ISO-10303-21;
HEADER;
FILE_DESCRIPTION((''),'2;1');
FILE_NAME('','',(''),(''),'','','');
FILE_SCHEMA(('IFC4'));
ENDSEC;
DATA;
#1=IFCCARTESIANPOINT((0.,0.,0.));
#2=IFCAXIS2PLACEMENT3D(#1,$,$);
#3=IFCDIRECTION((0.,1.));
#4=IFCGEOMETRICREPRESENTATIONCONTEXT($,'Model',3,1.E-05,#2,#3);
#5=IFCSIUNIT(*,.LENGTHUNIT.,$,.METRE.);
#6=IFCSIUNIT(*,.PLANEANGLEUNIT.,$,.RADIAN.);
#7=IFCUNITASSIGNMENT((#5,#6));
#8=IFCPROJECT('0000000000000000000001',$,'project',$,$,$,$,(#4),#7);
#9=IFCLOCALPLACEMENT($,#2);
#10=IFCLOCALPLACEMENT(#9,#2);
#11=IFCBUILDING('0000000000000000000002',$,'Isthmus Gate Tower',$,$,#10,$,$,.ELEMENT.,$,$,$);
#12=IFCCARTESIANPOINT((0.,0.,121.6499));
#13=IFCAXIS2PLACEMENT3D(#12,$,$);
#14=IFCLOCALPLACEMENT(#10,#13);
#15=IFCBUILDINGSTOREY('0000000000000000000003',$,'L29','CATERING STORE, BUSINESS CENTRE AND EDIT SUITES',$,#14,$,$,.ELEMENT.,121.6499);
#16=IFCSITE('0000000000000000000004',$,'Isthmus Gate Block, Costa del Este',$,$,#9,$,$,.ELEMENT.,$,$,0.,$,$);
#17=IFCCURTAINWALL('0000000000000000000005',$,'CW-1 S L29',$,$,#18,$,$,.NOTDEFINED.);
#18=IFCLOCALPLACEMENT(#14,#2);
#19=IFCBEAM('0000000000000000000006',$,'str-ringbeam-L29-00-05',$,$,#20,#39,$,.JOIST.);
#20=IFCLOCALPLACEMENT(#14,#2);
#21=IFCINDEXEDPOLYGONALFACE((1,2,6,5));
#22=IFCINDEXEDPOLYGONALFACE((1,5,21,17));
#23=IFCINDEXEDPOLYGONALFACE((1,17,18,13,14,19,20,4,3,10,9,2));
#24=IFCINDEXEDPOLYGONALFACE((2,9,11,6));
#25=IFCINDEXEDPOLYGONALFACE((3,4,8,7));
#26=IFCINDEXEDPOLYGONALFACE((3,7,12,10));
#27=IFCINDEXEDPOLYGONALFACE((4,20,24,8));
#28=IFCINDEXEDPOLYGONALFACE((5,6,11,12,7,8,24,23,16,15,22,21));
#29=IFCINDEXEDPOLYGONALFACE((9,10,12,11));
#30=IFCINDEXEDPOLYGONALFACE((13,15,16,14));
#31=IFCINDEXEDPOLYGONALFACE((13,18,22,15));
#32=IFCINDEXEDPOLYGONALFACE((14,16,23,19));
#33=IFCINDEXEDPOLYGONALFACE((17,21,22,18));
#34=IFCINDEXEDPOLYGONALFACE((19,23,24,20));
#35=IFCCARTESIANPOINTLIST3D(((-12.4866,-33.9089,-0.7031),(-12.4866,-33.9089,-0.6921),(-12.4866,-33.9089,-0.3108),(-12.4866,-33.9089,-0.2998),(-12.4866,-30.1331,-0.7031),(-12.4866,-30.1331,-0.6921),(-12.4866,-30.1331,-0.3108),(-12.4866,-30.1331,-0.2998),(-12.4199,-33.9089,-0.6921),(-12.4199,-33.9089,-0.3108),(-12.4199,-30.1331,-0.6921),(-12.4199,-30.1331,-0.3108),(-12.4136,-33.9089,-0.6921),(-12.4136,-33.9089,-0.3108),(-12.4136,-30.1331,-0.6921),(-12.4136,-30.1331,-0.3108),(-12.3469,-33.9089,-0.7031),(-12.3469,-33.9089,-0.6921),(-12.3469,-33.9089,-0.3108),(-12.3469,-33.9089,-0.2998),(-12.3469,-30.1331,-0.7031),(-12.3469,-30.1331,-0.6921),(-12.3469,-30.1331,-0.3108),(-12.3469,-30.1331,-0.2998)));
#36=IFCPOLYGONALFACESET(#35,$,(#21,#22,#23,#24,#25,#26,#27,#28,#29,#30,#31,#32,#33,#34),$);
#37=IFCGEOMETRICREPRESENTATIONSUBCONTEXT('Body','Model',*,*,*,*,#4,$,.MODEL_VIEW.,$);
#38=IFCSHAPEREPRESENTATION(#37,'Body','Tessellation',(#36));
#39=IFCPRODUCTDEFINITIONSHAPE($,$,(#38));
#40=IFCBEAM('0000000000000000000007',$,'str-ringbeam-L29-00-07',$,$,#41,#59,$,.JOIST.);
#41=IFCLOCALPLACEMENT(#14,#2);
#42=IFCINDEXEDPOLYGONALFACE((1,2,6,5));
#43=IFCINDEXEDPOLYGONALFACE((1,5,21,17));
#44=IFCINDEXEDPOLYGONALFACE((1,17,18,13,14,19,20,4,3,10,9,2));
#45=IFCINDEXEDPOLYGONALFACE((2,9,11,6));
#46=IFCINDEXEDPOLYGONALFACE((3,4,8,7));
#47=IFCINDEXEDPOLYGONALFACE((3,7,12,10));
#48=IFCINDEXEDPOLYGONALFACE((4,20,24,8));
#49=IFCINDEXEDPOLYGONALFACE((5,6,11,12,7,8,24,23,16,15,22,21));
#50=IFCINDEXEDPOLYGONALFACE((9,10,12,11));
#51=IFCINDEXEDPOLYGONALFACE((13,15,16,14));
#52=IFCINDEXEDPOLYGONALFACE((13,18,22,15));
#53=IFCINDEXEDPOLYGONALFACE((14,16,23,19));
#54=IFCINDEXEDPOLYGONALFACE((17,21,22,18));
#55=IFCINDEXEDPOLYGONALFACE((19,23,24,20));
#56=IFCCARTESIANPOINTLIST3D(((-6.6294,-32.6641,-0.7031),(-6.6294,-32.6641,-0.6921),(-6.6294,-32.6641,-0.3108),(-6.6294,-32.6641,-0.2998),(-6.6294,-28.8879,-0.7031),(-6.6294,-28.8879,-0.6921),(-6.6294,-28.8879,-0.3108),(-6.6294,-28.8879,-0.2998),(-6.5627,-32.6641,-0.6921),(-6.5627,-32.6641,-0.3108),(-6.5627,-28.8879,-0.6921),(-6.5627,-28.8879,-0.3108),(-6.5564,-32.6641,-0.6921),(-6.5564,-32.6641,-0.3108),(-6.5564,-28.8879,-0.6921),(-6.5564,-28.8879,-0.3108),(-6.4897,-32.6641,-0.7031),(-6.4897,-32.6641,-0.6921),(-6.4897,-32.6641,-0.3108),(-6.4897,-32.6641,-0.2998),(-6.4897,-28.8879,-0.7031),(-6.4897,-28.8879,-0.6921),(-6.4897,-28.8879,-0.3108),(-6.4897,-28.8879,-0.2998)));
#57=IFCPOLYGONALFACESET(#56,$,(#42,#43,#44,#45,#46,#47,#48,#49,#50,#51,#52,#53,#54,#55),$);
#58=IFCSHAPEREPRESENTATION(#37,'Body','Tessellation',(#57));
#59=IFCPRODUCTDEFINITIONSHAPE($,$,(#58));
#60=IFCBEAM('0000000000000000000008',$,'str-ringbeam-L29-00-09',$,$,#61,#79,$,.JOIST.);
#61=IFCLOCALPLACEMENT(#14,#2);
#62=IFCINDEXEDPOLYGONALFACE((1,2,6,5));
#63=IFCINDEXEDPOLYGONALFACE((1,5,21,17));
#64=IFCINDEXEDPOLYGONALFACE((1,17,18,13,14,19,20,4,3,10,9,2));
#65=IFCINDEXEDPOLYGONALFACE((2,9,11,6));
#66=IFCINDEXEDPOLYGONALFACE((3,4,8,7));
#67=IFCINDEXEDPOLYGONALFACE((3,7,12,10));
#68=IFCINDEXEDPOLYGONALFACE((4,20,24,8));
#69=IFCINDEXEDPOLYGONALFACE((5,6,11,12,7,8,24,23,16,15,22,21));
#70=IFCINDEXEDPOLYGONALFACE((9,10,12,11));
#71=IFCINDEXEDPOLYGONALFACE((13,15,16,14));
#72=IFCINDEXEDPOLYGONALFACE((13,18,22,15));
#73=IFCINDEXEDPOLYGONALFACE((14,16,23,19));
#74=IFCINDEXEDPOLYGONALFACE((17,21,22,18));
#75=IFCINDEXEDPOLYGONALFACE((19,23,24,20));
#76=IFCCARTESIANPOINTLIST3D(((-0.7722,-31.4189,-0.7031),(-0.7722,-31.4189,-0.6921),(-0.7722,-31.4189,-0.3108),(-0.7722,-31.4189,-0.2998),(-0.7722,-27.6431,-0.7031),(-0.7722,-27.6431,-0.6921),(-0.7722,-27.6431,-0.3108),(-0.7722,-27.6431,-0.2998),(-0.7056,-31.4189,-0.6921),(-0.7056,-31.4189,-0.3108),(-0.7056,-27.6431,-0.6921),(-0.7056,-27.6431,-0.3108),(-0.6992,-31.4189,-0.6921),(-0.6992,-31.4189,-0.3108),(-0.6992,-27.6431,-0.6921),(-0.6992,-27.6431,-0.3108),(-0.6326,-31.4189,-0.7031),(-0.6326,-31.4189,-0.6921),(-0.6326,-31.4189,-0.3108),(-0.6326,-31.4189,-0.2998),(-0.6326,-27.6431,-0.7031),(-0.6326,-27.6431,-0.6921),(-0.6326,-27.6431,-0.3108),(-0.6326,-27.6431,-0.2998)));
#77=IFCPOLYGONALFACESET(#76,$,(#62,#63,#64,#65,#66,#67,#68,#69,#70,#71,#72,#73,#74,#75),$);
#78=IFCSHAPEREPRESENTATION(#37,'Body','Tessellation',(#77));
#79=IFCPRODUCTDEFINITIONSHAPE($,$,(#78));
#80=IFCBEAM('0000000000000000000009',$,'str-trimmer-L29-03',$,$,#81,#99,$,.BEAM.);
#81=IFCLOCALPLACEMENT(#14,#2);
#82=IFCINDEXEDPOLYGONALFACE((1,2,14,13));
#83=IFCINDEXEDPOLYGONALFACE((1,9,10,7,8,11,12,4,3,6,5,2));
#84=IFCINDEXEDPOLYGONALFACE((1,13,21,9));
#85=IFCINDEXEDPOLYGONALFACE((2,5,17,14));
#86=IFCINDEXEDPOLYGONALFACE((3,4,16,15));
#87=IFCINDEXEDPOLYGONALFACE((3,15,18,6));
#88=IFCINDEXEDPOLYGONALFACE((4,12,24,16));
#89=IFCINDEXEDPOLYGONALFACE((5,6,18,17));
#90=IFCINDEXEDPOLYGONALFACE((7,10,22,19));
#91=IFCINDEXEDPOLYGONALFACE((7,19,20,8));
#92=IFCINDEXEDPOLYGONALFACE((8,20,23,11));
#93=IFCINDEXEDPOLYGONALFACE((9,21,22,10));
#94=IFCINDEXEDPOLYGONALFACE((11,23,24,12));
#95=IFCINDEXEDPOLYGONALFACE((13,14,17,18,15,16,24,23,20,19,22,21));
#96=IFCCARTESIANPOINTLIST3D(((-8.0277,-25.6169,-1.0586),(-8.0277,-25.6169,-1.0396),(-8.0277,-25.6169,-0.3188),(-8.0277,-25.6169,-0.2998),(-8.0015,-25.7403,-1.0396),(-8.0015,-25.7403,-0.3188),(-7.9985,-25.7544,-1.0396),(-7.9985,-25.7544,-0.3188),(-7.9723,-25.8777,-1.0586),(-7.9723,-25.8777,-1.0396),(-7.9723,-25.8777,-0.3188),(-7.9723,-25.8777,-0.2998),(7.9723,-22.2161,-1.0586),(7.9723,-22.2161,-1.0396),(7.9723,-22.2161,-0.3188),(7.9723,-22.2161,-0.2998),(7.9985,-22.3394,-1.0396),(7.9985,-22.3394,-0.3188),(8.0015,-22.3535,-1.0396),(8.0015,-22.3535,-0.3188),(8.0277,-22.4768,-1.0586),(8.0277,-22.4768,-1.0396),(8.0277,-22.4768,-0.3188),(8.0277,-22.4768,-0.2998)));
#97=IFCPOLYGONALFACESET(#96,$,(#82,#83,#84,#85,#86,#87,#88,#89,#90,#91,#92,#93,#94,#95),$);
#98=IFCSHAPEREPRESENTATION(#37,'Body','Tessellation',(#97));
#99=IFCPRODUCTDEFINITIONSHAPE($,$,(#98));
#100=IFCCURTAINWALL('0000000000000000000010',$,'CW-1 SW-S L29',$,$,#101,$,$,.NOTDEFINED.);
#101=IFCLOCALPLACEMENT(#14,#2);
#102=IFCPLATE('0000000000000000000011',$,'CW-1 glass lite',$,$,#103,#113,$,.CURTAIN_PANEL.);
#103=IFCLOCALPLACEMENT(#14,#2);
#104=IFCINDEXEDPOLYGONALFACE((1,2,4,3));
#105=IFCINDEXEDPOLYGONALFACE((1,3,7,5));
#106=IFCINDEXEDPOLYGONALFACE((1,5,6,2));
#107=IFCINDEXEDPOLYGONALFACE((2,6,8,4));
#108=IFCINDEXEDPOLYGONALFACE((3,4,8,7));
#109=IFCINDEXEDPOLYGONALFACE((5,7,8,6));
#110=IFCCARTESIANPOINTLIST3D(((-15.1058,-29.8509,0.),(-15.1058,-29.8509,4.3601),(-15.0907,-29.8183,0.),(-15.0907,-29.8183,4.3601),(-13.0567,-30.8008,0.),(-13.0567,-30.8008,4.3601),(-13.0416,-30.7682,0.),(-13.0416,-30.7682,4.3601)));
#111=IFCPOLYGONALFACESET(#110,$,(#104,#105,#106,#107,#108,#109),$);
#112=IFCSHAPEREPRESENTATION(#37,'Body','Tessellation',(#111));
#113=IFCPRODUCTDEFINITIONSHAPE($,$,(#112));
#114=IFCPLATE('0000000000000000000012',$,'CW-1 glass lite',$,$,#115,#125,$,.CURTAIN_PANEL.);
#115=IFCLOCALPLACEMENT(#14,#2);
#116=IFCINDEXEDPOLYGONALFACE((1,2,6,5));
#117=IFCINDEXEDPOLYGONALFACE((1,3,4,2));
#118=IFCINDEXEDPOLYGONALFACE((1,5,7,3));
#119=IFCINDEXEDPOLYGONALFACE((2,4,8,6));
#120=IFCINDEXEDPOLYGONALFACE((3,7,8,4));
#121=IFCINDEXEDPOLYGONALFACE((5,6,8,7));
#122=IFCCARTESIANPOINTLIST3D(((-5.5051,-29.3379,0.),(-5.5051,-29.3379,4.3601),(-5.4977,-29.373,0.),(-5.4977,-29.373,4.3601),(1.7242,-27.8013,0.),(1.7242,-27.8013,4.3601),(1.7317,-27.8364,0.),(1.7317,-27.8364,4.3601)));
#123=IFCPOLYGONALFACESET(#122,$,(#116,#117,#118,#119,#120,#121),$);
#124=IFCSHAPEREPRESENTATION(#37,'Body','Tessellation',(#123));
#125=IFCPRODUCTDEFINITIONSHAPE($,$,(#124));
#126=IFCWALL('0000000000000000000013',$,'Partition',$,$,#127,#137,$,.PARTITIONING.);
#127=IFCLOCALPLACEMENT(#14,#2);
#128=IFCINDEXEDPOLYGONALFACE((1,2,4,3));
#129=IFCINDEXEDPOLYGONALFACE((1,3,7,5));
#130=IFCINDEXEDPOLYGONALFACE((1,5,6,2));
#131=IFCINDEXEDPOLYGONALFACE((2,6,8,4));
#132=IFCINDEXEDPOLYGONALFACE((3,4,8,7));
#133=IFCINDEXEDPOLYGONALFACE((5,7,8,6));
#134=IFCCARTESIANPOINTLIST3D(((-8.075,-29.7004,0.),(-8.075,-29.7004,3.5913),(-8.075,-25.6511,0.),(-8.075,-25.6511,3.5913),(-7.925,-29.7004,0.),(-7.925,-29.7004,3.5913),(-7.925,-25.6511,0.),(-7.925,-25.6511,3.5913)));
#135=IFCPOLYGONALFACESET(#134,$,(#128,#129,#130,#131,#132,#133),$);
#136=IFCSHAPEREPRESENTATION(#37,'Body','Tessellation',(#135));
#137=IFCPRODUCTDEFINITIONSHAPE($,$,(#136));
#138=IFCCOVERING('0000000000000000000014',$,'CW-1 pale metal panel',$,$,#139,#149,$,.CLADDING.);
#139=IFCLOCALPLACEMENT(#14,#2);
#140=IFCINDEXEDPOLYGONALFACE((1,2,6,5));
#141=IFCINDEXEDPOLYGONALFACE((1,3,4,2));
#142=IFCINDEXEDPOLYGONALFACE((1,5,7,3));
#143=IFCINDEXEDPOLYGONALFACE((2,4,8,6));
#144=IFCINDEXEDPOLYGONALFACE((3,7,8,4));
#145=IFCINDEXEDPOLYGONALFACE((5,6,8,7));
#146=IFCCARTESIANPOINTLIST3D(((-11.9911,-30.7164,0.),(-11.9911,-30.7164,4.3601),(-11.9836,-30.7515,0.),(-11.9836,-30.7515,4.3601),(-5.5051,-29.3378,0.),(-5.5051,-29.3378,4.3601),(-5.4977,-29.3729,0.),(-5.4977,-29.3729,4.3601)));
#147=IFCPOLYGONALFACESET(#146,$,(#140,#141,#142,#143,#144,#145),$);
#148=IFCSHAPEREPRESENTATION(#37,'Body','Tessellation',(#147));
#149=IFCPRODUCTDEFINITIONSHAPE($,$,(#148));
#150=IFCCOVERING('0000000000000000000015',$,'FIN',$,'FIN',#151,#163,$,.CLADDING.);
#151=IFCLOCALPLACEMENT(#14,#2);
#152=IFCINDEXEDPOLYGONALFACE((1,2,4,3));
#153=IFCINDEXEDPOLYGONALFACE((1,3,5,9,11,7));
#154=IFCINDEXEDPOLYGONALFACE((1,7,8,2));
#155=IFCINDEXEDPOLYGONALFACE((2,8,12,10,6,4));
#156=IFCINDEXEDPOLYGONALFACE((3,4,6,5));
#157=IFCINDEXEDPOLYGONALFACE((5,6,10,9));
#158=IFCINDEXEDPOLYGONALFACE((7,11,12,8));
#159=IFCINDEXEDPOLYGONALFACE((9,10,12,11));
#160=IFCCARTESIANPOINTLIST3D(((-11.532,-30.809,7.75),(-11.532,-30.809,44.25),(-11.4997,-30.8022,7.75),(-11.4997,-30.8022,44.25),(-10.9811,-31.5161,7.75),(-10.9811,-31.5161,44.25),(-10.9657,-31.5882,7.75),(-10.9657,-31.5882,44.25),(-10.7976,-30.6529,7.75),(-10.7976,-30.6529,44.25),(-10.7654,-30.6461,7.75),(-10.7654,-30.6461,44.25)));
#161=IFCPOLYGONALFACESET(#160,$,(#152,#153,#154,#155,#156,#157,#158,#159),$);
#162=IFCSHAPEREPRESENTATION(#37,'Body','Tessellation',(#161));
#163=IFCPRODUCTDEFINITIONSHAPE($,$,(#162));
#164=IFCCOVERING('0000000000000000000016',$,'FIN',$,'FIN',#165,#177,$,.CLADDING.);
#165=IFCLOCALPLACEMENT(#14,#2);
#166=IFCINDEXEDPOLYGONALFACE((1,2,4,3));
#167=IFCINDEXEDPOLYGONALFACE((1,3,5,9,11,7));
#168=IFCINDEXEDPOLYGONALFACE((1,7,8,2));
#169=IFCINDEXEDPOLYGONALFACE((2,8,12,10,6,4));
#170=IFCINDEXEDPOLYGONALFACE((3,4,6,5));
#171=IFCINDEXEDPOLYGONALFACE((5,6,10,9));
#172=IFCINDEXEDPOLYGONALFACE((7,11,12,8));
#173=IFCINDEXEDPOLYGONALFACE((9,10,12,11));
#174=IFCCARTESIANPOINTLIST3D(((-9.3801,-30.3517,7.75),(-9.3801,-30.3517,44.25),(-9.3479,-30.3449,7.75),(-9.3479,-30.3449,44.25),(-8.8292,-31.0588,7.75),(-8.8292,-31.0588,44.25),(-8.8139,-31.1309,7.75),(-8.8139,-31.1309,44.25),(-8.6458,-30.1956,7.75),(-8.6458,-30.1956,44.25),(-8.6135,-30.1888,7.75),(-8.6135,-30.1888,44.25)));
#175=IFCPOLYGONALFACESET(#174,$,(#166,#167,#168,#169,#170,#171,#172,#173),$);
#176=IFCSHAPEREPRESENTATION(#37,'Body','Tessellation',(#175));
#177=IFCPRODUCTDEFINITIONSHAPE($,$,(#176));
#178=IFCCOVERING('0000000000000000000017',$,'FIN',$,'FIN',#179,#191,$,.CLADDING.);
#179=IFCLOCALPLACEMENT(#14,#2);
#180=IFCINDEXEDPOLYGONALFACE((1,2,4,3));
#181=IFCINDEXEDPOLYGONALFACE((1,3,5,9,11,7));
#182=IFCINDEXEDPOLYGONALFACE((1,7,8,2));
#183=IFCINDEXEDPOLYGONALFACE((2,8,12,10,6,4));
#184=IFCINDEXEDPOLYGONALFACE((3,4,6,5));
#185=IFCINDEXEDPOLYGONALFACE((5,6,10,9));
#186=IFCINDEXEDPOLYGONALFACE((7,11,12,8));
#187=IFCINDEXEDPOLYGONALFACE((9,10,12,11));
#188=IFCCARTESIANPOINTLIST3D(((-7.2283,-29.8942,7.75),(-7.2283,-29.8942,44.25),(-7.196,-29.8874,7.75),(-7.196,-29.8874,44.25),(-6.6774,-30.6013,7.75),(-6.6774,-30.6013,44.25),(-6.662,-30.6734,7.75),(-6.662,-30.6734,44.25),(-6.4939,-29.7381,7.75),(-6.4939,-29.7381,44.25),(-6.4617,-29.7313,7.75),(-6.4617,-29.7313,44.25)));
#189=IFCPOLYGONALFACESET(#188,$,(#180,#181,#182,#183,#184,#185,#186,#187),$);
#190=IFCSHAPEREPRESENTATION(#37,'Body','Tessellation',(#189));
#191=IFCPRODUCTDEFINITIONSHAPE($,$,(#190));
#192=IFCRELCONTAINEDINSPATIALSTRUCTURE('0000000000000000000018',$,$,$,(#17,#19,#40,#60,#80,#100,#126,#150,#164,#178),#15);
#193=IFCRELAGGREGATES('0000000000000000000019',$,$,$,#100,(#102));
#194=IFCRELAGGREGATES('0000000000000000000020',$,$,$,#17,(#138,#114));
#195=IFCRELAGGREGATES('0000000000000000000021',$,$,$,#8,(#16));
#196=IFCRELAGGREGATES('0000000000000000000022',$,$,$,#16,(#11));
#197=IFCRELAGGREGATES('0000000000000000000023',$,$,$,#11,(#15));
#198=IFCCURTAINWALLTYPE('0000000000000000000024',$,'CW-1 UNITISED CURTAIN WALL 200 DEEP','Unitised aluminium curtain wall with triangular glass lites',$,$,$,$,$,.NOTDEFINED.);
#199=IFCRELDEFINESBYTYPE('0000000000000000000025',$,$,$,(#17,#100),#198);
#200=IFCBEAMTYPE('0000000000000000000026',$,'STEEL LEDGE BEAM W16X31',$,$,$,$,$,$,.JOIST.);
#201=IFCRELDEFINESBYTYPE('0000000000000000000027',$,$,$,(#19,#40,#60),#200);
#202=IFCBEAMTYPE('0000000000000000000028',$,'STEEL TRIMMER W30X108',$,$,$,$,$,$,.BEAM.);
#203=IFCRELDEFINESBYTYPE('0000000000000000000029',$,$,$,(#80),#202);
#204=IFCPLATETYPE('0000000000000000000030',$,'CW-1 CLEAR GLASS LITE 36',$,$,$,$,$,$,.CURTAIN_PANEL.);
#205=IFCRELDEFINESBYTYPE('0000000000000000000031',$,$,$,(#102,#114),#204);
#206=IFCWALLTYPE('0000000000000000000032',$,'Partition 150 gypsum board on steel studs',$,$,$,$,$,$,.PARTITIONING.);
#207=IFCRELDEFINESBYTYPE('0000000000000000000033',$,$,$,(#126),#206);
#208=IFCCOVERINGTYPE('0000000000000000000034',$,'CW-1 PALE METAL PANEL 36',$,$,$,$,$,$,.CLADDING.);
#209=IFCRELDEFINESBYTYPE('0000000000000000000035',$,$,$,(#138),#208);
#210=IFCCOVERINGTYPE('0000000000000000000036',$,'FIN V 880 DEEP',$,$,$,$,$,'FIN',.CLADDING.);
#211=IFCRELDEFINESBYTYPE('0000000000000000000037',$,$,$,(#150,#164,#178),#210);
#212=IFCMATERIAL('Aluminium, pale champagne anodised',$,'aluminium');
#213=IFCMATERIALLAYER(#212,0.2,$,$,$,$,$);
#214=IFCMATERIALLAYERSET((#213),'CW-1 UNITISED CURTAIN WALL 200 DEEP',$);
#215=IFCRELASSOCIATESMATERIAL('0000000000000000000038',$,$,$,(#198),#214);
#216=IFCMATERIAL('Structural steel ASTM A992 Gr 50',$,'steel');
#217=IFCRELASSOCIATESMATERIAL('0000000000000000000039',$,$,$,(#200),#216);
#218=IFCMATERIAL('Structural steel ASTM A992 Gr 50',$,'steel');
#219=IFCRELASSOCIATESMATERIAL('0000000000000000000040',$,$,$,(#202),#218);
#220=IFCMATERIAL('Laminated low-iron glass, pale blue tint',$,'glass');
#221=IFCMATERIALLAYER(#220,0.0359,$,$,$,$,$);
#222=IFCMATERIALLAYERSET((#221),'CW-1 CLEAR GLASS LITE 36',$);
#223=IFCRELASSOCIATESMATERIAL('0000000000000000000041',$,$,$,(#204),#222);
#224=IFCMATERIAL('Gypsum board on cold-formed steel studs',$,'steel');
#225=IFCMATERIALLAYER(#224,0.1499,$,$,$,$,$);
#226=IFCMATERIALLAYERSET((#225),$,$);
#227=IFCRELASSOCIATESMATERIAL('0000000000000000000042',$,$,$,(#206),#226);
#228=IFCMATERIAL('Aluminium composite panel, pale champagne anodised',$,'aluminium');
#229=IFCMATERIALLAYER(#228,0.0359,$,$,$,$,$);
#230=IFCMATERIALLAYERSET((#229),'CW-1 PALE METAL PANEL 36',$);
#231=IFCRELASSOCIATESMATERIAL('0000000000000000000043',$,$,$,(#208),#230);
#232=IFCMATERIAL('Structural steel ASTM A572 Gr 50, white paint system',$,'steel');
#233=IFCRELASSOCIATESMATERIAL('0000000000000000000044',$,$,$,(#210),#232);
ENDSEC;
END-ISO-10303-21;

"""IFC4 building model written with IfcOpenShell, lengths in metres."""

from ifc_helpers import new_model, si_unit, direction, frame, frame_2d, origin, origin_2d, place, context, subcontext, project, spatial, polyline, rectangle, i_section, outline, extrude, material, layer, layer_set, material_profile, profile_set, type_object, element, aggregate, save


model = new_model("IFC4")

# Units and contexts
model_context = context("Model", 3, precision=1e-05, world=origin(), true_north=direction((0.0, 1.0)))
body_context = subcontext(model_context, "Body", "Model", "MODEL_VIEW")
ifc_project = project(units=[si_unit("LENGTHUNIT", "METRE"), si_unit("PLANEANGLEUNIT", "RADIAN")], contexts=[model_context])

# Site, building, storey
site_placement = place(None, origin())
site = spatial("IfcSite", under=ifc_project, at=site_placement, Name="Isthmus Gate Block, Costa del Este", CompositionType="ELEMENT", RefElevation=0.0)
building_placement = place(site_placement, origin())
building = spatial("IfcBuilding", under=site, at=building_placement, Name="Isthmus Gate Tower", CompositionType="ELEMENT")
storey_placement = place(building_placement, frame((0.0, 0.0, 121.6499)))
storey = spatial("IfcBuildingStorey", under=building, at=storey_placement, Name="L29", Description="CATERING STORE, BUSINESS CENTRE AND EDIT SUITES", CompositionType="ELEMENT", Elevation=121.6499)

# Curtain wall
ifc_material_1 = material(Name="Aluminium, pale champagne anodised", Category="aluminium")
ifc_layer_1 = layer(ifc_material_1, 0.2)
ifc_layer_set_1 = layer_set([ifc_layer_1], Name="CW-1 UNITISED CURTAIN WALL 200 DEEP")
curtain_wall_type = type_object("IfcCurtainWallType", Name="CW-1 UNITISED CURTAIN WALL 200 DEEP", Description="Unitised aluminium curtain wall with triangular glass lites", PredefinedType="NOTDEFINED", material=ifc_layer_set_1)
curtain_wall_1_placement = place(storey_placement, origin())
curtain_wall_1 = element("IfcCurtainWall", 1, at=curtain_wall_1_placement, inside=storey, type_object=curtain_wall_type, Name="CW-1 S L29", PredefinedType="NOTDEFINED")

# Beams
ifc_material_2 = material(Name="Structural steel ASTM A992 Gr 50", Category="steel")
ifc_material_profile_1 = material_profile(ifc_material_2, i_section(OverallWidth=0.1396, OverallDepth=0.4033, WebThickness=0.0063, FlangeThickness=0.011, at=origin_2d()), Name="W16X31")
ifc_profile_set_1 = profile_set([ifc_material_profile_1], Name="Structural steel ASTM A992 Gr 50")
beam_type_1 = type_object("IfcBeamType", Name="STEEL LEDGE BEAM W16X31", PredefinedType="JOIST", material=ifc_profile_set_1)
beam_1_placement = place(storey_placement, frame((-12.4167, -33.9089, -0.5015), z_axis=(0.0, 1.0, 0.0), x_axis=(-1.0, 0.0, 0.0)))
element("IfcBeam", 2, at=beam_1_placement, inside=storey, type_object=beam_type_1, Name="str-ringbeam-L29-00-05", PredefinedType="JOIST", context=body_context, shape_type="SweptSolid", body=[
    extrude(i_section(OverallWidth=0.1396, OverallDepth=0.4033, WebThickness=0.0063, FlangeThickness=0.011, at=origin_2d()), origin(), (0.0, 0.0, 1.0), 3.7759),
])
beam_2_placement = place(storey_placement, frame((-6.5596, -32.6641, -0.5015), z_axis=(0.0, 1.0, 0.0), x_axis=(-1.0, 0.0, 0.0)))
element("IfcBeam", 3, at=beam_2_placement, inside=storey, type_object=beam_type_1, Name="str-ringbeam-L29-00-07", PredefinedType="JOIST", context=body_context, shape_type="SweptSolid", body=[
    extrude(i_section(OverallWidth=0.1396, OverallDepth=0.4033, WebThickness=0.0063, FlangeThickness=0.011, at=origin_2d()), origin(), (0.0, 0.0, 1.0), 3.7761),
])
beam_3_placement = place(storey_placement, frame((-0.7024, -31.4189, -0.5015), z_axis=(0.0, 1.0, 0.0), x_axis=(-1.0, 0.0, 0.0)))
element("IfcBeam", 4, at=beam_3_placement, inside=storey, type_object=beam_type_1, Name="str-ringbeam-L29-00-09", PredefinedType="JOIST", context=body_context, shape_type="SweptSolid", body=[
    extrude(i_section(OverallWidth=0.1396, OverallDepth=0.4033, WebThickness=0.0063, FlangeThickness=0.011, at=origin_2d()), origin(), (0.0, 0.0, 1.0), 3.7759),
])
ifc_material_3 = material(Name="Structural steel ASTM A992 Gr 50", Category="steel")
ifc_material_profile_2 = material_profile(ifc_material_3, i_section(OverallWidth=0.2666, OverallDepth=0.7588, WebThickness=0.0144, FlangeThickness=0.019, at=origin_2d()), Name="W30X108")
ifc_profile_set_2 = profile_set([ifc_material_profile_2], Name="Structural steel ASTM A992 Gr 50")
beam_type_2 = type_object("IfcBeamType", Name="STEEL TRIMMER W30X108", PredefinedType="BEAM", material=ifc_profile_set_2)
beam_4_placement = place(storey_placement, frame((-8.0, -25.7473, -0.6792), z_axis=(0.978148, 0.20791, 0.0), x_axis=(-0.20791, 0.978148, 0.0)))
element("IfcBeam", 5, at=beam_4_placement, inside=storey, type_object=beam_type_2, Name="str-trimmer-L29-03", PredefinedType="BEAM", context=body_context, shape_type="SweptSolid", body=[
    extrude(i_section(OverallWidth=0.2666, OverallDepth=0.7588, WebThickness=0.0144, FlangeThickness=0.019, at=origin_2d()), origin(), (0.0, 0.0, 1.0), 16.3574),
])

# Curtain wall, plate
curtain_wall_2_placement = place(storey_placement, origin())
curtain_wall_2 = element("IfcCurtainWall", 6, at=curtain_wall_2_placement, inside=storey, type_object=curtain_wall_type, Name="CW-1 SW-S L29", PredefinedType="NOTDEFINED")
ifc_material_4 = material(Name="Laminated low-iron glass, pale blue tint", Category="glass")
ifc_layer_2 = layer(ifc_material_4, 0.0359)
ifc_layer_set_2 = layer_set([ifc_layer_2], Name="CW-1 CLEAR GLASS LITE 36")
plate_type = type_object("IfcPlateType", Name="CW-1 CLEAR GLASS LITE 36", PredefinedType="CURTAIN_PANEL", material=ifc_layer_set_2)
plate_1_placement = place(storey_placement, frame((-14.0737, -30.3096, 0.0), z_axis=(0.0, 0.0, 1.0), x_axis=(0.907256, -0.420578, 0.0)))
plate_1 = element("IfcPlate", 7, at=plate_1_placement, type_object=plate_type, Name="CW-1 glass lite", PredefinedType="CURTAIN_PANEL", context=body_context, shape_type="SweptSolid", body=[
    extrude(rectangle(XDim=2.2585, YDim=0.0359, at=origin_2d()), origin(), (0.0, 0.0, 1.0), 4.3601),
])
aggregate(curtain_wall_2, [plate_1])

# Plate
plate_2_placement = place(storey_placement, frame((-1.8867, -28.5872, 0.0), z_axis=(0.0, 0.0, 1.0), x_axis=(0.978148, 0.207912, 0.0)))
plate_2 = element("IfcPlate", 8, at=plate_2_placement, type_object=plate_type, Name="CW-1 glass lite", PredefinedType="CURTAIN_PANEL", context=body_context, shape_type="SweptSolid", body=[
    extrude(rectangle(XDim=7.3909, YDim=0.0359, at=origin_2d()), origin(), (0.0, 0.0, 1.0), 4.3601),
])

# Wall
ifc_material_5 = material(Name="Gypsum board on cold-formed steel studs", Category="steel")
ifc_layer_3 = layer(ifc_material_5, 0.1499)
ifc_layer_set_3 = layer_set([ifc_layer_3])
wall_type = type_object("IfcWallType", Name="Partition 150 gypsum board on steel studs", PredefinedType="PARTITIONING", material=ifc_layer_set_3)
wall_placement = place(storey_placement, frame((-8.0, -29.7004, 0.0), z_axis=(0.0, 0.0, 1.0), x_axis=(0.0, 1.0, 0.0)))
element("IfcWall", 9, at=wall_placement, inside=storey, type_object=wall_type, Name="Partition", PredefinedType="PARTITIONING", context=body_context, shape_type="SweptSolid", body=[
    extrude(rectangle(XDim=4.0493, YDim=0.1499, at=frame_2d((2.0247, 0.0))), origin(), (0.0, 0.0, 1.0), 3.5913),
])

# Covering
ifc_material_6 = material(Name="Aluminium composite panel, pale champagne anodised", Category="aluminium")
ifc_layer_4 = layer(ifc_material_6, 0.0359)
ifc_layer_set_4 = layer_set([ifc_layer_4], Name="CW-1 PALE METAL PANEL 36")
covering_type_1 = type_object("IfcCoveringType", Name="CW-1 PALE METAL PANEL 36", PredefinedType="CLADDING", material=ifc_layer_set_4)
covering_placement = place(storey_placement, frame((-8.7444, -30.0447, 0.0), z_axis=(0.0, 0.0, 1.0), x_axis=(0.978148, 0.207912, 0.0)))
covering = element("IfcCovering", 10, at=covering_placement, type_object=covering_type_1, Name="CW-1 pale metal panel", PredefinedType="CLADDING", context=body_context, shape_type="SweptSolid", body=[
    extrude(rectangle(XDim=6.6309, YDim=0.0359, at=origin_2d()), origin(), (0.0, 0.0, 1.0), 4.3601),
])
aggregate(curtain_wall_1, [covering, plate_2])

# Coverings
ifc_material_7 = material(Name="Structural steel ASTM A572 Gr 50, white paint system", Category="steel")
ifc_material_profile_3 = material_profile(ifc_material_7, outline(polyline([(0.0, -0.3918), (0.8799, 0.0), (0.0, 0.3918), (0.0, 0.3589), (0.8062, 0.0), (0.0, -0.3589), (0.0, -0.3918)])), Name="V880")
ifc_profile_set_3 = profile_set([ifc_material_profile_3], Name="Structural steel ASTM A572 Gr 50, white paint system")
covering_type_2 = type_object("IfcCoveringType", Name="FIN V 880 DEEP", ElementType="FIN", PredefinedType="CLADDING", material=ifc_profile_set_3)
for number, where, z_axis, x_axis, name in (
    (11, (-11.1487, -30.7275, 7.75), (0.0, 0.0, 1.0), (0.207912, -0.978148, 0.0), "FIN"),
    (12, (-8.9968, -30.2703, 7.75), (0.0, 0.0, 1.0), (0.207912, -0.978148, 0.0), "FIN"),
    (13, (-6.845, -29.8127, 7.75), (0.0, 0.0, 1.0), (0.207912, -0.978148, 0.0), "FIN"),
):
    element("IfcCovering", number, at=place(storey_placement, frame(where, z_axis=z_axis, x_axis=x_axis)), inside=storey, type_object=covering_type_2, Name=name, ObjectType="FIN", PredefinedType="CLADDING", context=body_context, shape_type="SweptSolid", body=[
        extrude(outline(polyline([(0.0, -0.3918), (0.8799, 0.0), (0.0, 0.3918), (0.0, 0.3589), (0.8062, 0.0), (0.0, -0.3589), (0.0, -0.3918)])), origin(), (0.0, 0.0, 1.0), 36.5),
    ])

save(model, "model.ifc")
